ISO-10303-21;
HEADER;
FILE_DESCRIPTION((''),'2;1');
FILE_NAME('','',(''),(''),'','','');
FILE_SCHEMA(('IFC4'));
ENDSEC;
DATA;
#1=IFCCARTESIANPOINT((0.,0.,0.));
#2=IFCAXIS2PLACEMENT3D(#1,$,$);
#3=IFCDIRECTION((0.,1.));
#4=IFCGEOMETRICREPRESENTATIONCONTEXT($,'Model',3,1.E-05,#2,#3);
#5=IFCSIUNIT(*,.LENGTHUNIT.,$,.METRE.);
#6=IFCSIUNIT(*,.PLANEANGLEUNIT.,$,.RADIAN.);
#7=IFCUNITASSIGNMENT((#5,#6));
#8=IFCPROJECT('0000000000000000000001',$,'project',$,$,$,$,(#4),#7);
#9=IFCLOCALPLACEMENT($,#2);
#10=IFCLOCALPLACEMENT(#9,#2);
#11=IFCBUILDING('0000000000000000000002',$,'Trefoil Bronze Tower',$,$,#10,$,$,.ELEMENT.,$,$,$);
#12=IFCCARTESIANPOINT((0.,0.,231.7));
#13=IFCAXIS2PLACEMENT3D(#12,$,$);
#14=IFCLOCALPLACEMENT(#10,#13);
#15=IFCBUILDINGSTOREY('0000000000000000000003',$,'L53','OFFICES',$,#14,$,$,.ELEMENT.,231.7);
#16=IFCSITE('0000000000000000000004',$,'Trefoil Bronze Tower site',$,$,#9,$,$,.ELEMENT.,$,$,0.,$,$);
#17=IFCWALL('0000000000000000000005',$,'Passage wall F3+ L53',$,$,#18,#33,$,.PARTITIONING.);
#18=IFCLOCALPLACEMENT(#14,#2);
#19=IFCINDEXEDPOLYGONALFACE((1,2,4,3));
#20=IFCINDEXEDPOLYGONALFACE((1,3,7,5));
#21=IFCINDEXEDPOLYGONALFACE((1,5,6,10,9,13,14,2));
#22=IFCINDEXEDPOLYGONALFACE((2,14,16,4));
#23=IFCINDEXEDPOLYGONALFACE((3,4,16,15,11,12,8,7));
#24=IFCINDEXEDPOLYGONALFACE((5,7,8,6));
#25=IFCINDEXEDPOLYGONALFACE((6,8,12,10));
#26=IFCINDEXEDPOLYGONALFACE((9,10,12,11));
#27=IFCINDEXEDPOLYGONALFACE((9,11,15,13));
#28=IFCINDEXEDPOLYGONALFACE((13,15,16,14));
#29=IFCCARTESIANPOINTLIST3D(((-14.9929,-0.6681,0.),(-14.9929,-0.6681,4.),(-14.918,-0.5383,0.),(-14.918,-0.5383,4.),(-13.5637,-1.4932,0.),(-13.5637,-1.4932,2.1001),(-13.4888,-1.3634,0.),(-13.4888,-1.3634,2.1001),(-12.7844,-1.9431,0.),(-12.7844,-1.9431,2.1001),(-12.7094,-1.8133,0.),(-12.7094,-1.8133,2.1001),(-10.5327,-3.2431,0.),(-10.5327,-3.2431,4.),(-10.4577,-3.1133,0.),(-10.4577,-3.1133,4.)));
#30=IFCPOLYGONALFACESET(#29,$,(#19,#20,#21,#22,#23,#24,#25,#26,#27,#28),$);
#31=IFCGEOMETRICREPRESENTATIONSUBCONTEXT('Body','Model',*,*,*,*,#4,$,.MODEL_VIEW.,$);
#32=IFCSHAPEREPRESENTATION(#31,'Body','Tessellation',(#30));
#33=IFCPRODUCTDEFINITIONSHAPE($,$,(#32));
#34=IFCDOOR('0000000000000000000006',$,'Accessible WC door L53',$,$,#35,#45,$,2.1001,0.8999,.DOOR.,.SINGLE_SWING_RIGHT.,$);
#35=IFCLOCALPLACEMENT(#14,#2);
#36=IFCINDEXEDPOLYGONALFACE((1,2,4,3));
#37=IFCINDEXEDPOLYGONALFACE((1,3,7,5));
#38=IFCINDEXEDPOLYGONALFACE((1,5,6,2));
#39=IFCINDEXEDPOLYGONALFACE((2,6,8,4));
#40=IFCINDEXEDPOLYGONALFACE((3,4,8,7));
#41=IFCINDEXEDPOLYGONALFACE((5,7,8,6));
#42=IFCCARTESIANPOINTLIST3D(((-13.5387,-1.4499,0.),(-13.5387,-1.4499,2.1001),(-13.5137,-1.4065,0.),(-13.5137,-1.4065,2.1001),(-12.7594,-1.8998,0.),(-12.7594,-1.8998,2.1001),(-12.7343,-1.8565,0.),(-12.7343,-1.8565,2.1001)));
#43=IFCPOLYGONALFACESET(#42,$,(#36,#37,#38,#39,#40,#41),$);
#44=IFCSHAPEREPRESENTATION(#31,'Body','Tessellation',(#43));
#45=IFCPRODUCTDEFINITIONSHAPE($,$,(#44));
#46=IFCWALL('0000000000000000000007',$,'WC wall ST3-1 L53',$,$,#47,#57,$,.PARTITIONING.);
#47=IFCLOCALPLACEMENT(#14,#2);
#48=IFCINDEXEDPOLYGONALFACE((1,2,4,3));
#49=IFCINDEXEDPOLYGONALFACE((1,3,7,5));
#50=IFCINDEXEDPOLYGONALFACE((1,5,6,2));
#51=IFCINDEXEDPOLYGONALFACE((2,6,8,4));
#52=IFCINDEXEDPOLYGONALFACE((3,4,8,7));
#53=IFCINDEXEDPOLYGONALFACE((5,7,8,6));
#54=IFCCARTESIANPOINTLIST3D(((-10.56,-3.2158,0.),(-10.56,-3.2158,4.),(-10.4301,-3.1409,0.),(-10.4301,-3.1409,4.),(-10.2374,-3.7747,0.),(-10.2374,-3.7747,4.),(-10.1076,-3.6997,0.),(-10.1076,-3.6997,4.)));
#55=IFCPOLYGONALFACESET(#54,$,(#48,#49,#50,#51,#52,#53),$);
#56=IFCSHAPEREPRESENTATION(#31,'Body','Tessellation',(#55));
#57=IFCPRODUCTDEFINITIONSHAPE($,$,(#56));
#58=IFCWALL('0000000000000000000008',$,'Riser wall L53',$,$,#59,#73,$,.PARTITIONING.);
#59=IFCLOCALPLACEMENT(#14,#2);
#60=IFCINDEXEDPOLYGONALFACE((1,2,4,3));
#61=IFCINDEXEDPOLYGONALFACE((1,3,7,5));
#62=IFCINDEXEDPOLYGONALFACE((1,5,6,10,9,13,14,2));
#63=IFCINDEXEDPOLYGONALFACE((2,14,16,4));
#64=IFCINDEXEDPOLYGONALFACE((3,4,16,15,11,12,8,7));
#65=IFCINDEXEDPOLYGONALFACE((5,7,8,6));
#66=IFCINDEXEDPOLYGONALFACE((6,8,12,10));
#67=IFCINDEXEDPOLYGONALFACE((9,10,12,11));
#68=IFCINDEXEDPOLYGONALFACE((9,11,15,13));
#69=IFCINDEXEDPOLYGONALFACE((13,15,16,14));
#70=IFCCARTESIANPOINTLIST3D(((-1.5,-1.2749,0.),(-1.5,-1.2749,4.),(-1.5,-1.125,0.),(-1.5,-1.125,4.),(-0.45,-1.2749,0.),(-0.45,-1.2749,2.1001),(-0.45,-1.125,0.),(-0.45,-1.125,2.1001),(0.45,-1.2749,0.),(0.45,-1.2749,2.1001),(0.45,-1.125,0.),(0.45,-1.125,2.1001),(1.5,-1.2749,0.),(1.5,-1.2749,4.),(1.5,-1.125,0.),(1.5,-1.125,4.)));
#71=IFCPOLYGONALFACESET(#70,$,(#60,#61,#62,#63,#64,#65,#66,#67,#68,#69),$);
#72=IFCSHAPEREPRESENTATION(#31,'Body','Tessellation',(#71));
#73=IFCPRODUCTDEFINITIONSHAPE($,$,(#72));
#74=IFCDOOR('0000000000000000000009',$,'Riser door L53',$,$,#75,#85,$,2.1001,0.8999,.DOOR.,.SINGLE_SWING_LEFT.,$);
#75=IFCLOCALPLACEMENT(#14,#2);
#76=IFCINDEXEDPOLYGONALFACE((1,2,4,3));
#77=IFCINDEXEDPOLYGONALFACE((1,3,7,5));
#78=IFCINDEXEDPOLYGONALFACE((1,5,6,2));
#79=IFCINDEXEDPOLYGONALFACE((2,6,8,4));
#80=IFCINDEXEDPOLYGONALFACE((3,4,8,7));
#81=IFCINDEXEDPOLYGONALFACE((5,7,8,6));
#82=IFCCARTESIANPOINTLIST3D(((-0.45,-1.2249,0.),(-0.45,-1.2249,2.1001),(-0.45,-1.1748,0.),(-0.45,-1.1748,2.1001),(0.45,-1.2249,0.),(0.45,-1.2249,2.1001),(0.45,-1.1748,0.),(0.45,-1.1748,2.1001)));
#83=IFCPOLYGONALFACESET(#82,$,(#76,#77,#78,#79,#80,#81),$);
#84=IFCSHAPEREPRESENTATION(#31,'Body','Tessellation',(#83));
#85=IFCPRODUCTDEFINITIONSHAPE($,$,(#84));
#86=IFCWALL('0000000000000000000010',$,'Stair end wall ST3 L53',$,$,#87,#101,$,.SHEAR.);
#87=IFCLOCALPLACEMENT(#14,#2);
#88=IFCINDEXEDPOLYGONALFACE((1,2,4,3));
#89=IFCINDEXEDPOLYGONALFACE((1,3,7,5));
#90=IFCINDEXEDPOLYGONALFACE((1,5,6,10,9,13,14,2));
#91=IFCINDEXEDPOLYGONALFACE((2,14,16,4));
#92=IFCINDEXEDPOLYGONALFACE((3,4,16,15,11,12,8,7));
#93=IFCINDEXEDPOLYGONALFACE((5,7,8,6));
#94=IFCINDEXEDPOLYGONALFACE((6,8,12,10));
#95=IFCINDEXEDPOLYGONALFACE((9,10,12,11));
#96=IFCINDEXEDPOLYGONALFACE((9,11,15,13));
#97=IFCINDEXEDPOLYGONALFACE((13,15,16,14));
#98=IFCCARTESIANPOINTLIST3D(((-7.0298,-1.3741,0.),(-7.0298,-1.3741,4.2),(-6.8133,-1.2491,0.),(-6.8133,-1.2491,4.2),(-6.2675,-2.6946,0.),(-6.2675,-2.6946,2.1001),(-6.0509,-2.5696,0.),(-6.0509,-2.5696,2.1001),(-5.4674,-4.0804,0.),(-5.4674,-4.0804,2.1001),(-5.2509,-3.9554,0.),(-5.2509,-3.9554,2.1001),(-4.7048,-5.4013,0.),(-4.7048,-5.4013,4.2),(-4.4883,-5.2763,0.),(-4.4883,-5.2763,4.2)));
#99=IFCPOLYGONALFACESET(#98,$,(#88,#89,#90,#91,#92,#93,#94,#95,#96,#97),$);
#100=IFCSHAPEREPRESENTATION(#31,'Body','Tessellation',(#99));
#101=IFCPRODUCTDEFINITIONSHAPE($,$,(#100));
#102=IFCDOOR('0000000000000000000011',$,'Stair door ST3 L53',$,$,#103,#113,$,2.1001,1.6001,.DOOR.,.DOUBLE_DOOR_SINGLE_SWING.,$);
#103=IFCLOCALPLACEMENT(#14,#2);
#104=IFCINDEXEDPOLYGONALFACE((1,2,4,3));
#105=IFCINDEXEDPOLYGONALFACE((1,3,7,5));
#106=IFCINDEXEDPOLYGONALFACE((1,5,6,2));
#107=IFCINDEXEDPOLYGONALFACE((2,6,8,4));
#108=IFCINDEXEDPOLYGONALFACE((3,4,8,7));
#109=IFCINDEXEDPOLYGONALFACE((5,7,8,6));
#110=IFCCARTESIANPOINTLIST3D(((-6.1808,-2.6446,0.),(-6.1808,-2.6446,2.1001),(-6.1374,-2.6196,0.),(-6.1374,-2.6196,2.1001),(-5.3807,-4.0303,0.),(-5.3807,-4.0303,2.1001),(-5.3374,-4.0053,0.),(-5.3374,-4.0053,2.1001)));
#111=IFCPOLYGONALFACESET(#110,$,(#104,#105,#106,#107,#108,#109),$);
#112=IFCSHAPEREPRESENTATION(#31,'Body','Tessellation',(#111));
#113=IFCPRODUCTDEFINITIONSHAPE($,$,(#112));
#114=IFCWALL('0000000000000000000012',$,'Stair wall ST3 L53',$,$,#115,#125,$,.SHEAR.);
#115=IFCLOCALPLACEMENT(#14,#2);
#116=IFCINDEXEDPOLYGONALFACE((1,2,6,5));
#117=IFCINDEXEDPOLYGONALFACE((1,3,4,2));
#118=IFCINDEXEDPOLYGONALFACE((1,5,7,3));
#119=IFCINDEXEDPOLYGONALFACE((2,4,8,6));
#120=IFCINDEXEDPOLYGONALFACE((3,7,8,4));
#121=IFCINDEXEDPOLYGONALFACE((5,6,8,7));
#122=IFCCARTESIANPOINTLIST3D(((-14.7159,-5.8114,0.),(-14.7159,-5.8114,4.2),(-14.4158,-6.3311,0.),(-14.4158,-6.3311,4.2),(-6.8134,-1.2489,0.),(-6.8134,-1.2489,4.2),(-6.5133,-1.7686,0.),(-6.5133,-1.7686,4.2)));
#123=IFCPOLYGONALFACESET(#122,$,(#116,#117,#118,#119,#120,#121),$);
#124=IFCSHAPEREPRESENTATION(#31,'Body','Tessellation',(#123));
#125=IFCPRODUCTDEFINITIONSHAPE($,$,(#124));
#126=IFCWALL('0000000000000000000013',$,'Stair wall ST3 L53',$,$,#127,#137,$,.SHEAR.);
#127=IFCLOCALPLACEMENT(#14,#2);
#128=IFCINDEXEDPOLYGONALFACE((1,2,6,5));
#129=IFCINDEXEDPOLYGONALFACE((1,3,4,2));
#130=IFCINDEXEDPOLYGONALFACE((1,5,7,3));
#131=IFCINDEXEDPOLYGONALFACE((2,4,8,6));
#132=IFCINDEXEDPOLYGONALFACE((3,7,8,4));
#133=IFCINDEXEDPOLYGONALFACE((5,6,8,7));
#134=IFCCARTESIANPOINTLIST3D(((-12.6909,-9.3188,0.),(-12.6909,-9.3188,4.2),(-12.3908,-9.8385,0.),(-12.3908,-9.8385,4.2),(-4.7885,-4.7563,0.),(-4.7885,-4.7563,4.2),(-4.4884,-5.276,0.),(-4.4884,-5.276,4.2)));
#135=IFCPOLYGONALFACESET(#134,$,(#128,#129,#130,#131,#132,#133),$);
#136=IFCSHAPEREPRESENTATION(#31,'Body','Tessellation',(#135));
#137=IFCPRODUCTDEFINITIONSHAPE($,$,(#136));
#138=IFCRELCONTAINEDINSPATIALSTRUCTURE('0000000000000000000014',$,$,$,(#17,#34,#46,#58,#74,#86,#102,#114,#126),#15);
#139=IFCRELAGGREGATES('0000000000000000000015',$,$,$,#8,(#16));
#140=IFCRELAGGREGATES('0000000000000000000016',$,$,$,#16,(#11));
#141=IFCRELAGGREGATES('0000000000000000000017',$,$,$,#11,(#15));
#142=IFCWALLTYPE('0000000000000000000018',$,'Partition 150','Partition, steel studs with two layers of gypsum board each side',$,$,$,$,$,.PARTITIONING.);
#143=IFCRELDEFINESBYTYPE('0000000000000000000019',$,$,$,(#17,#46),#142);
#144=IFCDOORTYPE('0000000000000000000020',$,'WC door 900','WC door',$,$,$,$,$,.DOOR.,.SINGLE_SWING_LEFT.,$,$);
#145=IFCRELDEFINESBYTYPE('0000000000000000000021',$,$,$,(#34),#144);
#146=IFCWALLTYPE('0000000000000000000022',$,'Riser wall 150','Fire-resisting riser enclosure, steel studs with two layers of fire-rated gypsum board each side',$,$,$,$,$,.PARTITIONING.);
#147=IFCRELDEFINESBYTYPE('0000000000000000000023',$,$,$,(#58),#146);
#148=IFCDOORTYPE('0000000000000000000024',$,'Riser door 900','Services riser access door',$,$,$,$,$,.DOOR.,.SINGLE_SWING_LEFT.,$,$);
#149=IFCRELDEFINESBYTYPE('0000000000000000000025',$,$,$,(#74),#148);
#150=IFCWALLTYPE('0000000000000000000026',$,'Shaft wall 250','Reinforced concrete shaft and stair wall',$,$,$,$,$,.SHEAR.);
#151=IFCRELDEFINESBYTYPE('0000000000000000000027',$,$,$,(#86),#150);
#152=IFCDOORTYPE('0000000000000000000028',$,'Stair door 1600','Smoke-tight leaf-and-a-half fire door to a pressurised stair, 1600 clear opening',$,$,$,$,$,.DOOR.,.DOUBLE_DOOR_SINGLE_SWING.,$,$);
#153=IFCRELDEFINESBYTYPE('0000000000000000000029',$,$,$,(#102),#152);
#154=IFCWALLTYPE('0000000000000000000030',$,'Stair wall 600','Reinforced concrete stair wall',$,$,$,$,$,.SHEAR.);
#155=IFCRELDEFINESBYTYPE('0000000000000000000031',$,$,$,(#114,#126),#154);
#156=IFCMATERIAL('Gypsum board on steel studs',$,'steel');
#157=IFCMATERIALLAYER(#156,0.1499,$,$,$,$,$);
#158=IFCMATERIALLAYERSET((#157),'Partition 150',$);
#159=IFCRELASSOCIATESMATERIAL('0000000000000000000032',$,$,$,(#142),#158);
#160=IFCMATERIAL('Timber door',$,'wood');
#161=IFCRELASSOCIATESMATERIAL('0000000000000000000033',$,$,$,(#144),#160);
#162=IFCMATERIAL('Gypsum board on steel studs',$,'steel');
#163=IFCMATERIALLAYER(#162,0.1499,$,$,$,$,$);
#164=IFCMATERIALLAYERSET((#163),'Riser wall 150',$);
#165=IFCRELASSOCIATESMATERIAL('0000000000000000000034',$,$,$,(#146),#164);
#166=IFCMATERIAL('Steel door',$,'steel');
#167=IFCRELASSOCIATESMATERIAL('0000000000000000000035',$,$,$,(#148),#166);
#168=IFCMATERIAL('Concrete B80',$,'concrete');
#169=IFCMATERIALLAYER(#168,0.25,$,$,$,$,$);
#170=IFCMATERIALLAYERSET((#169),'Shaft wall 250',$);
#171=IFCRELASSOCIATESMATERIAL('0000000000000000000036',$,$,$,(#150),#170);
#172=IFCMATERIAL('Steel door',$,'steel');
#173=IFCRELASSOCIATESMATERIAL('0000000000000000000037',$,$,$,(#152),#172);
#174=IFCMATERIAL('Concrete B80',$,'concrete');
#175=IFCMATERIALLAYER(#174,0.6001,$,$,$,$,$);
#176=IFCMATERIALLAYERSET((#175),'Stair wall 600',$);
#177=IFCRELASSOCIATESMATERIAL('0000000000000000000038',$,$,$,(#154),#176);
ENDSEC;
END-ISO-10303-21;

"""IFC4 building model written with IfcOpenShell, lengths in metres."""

from ifc_helpers import new_model, si_unit, direction, frame, frame_2d, origin, place, context, subcontext, project, spatial, rectangle, extrude, material, layer, layer_set, type_object, element, fill, save


model = new_model("IFC4")

# Units and contexts
model_context = context("Model", 3, precision=1e-05, world=origin(), true_north=direction((0.0, 1.0)))
body_context = subcontext(model_context, "Body", "Model", "MODEL_VIEW")
ifc_project = project(units=[si_unit("LENGTHUNIT", "METRE"), si_unit("PLANEANGLEUNIT", "RADIAN")], contexts=[model_context])

# Site, building, storey
site_placement = place(None, origin())
site = spatial("IfcSite", under=ifc_project, at=site_placement, Name="Trefoil Bronze Tower site", CompositionType="ELEMENT", RefElevation=0.0)
building_placement = place(site_placement, origin())
building = spatial("IfcBuilding", under=site, at=building_placement, Name="Trefoil Bronze Tower", CompositionType="ELEMENT")
storey_placement = place(building_placement, frame((0.0, 0.0, 231.7)))
storey = spatial("IfcBuildingStorey", under=building, at=storey_placement, Name="L53", Description="OFFICES", CompositionType="ELEMENT", Elevation=231.7)

# Wall, opening, door
ifc_material_1 = material(Name="Gypsum board on steel studs", Category="steel")
ifc_layer_1 = layer(ifc_material_1, 0.1499)
ifc_layer_set_1 = layer_set([ifc_layer_1], Name="Partition 150")
wall_type_1 = type_object("IfcWallType", Name="Partition 150", Description="Partition, steel studs with two layers of gypsum board each side", PredefinedType="PARTITIONING", material=ifc_layer_set_1)
wall_1_placement = place(storey_placement, frame((-10.4951, -3.1782, 0.0), z_axis=(0.0, 0.0, 1.0), x_axis=(-0.866038, 0.499978, 0.0)))
wall_1 = element("IfcWall", 1, at=wall_1_placement, inside=storey, type_object=wall_type_1, Name="Passage wall F3+ L53", PredefinedType="PARTITIONING", context=body_context, shape_type="SweptSolid", body=[
    extrude(rectangle(XDim=5.1501, YDim=0.1499, at=frame_2d((2.5752, 0.0))), origin(), (0.0, 0.0, 1.0), 4.0),
])
opening_1_placement = place(wall_1_placement, frame((2.6001, 0.0, 0.0)))
opening_1 = element("IfcOpeningElement", 2, at=opening_1_placement, cuts=wall_1, PredefinedType="OPENING", context=body_context, shape_type="SweptSolid", body=[
    extrude(rectangle(XDim=0.8999, YDim=2.1001, at=frame_2d((0.45, 1.05))), frame((0.0, 0.085, 0.0), z_axis=(0.0, -1.0, 0.0), x_axis=(1.0, 0.0, 0.0)), (0.0, 0.0, 1.0), 0.1699),
])
ifc_material_2 = material(Name="Timber door", Category="wood")
door_type_1 = type_object("IfcDoorType", Name="WC door 900", Description="WC door", OperationType="SINGLE_SWING_LEFT", PredefinedType="DOOR", material=ifc_material_2)
door_1_placement = place(opening_1_placement, origin())
door_1 = element("IfcDoor", 3, at=door_1_placement, inside=storey, type_object=door_type_1, Name="Accessible WC door L53", OperationType="SINGLE_SWING_RIGHT", OverallHeight=2.1001, OverallWidth=0.8999, PredefinedType="DOOR", context=body_context, shape_type="SweptSolid", body=[
    extrude(rectangle(XDim=0.8999, YDim=2.1001, at=frame_2d((0.45, 1.05))), frame((0.0, 0.0249, 0.0), z_axis=(0.0, -1.0, 0.0), x_axis=(1.0, 0.0, 0.0)), (0.0, 0.0, 1.0), 0.05),
])
fill(opening_1, door_1)

# Wall
wall_2_placement = place(storey_placement, frame((-10.4951, -3.1782, 0.0), z_axis=(0.0, 0.0, 1.0), x_axis=(0.499843, -0.866116, 0.0)))
element("IfcWall", 4, at=wall_2_placement, inside=storey, type_object=wall_type_1, Name="WC wall ST3-1 L53", PredefinedType="PARTITIONING", context=body_context, shape_type="SweptSolid", body=[
    extrude(rectangle(XDim=0.6453, YDim=0.1499, at=frame_2d((0.3228, 0.0))), origin(), (0.0, 0.0, 1.0), 4.0),
])

# Walls, openings, doors
ifc_material_3 = material(Name="Gypsum board on steel studs", Category="steel")
ifc_layer_2 = layer(ifc_material_3, 0.1499)
ifc_layer_set_2 = layer_set([ifc_layer_2], Name="Riser wall 150")
wall_type_2 = type_object("IfcWallType", Name="Riser wall 150", Description="Fire-resisting riser enclosure, steel studs with two layers of fire-rated gypsum board each side", PredefinedType="PARTITIONING", material=ifc_layer_set_2)
wall_3_placement = place(storey_placement, frame((-1.5, -1.2, 0.0), z_axis=(0.0, 0.0, 1.0), x_axis=(1.0, 0.0, 0.0)))
wall_3 = element("IfcWall", 5, at=wall_3_placement, inside=storey, type_object=wall_type_2, Name="Riser wall L53", PredefinedType="PARTITIONING", context=body_context, shape_type="SweptSolid", body=[
    extrude(rectangle(XDim=3.0, YDim=0.1499, at=frame_2d((1.5, 0.0))), origin(), (0.0, 0.0, 1.0), 4.0),
])
opening_2_placement = place(wall_3_placement, frame((1.05, 0.0, 0.0)))
opening_2 = element("IfcOpeningElement", 6, at=opening_2_placement, cuts=wall_3, PredefinedType="OPENING", context=body_context, shape_type="SweptSolid", body=[
    extrude(rectangle(XDim=0.8999, YDim=2.1001, at=frame_2d((0.45, 1.05))), frame((0.0, 0.085, 0.0), z_axis=(0.0, -1.0, 0.0), x_axis=(1.0, 0.0, 0.0)), (0.0, 0.0, 1.0), 0.1699),
])
ifc_material_4 = material(Name="Steel door", Category="steel")
door_type_2 = type_object("IfcDoorType", Name="Riser door 900", Description="Services riser access door", OperationType="SINGLE_SWING_LEFT", PredefinedType="DOOR", material=ifc_material_4)
door_2_placement = place(opening_2_placement, frame((0.8999, 0.0, 0.0), z_axis=(0.0, 0.0, 1.0), x_axis=(-1.0, 0.0, 0.0)))
door_2 = element("IfcDoor", 7, at=door_2_placement, inside=storey, type_object=door_type_2, Name="Riser door L53", OperationType="SINGLE_SWING_LEFT", OverallHeight=2.1001, OverallWidth=0.8999, PredefinedType="DOOR", context=body_context, shape_type="SweptSolid", body=[
    extrude(rectangle(XDim=0.8999, YDim=2.1001, at=frame_2d((0.45, 1.05))), frame((0.0, 0.0249, 0.0), z_axis=(0.0, -1.0, 0.0), x_axis=(1.0, 0.0, 0.0)), (0.0, 0.0, 1.0), 0.05),
])
fill(opening_2, door_2)
ifc_material_5 = material(Name="Concrete B80", Category="concrete")
ifc_layer_3 = layer(ifc_material_5, 0.25)
ifc_layer_set_3 = layer_set([ifc_layer_3], Name="Shaft wall 250")
wall_type_3 = type_object("IfcWallType", Name="Shaft wall 250", Description="Reinforced concrete shaft and stair wall", PredefinedType="SHEAR", material=ifc_layer_set_3)
wall_4_placement = place(storey_placement, frame((-6.9216, -1.3115, 0.0), z_axis=(0.0, 0.0, 1.0), x_axis=(0.499985, -0.866034, 0.0)))
wall_4 = element("IfcWall", 8, at=wall_4_placement, inside=storey, type_object=wall_type_3, Name="Stair end wall ST3 L53", PredefinedType="SHEAR", context=body_context, shape_type="SweptSolid", body=[
    extrude(rectangle(XDim=4.6501, YDim=0.25, at=frame_2d((2.3252, 0.0))), origin(), (0.0, 0.0, 1.0), 4.2),
])
opening_3_placement = place(wall_4_placement, frame((1.5249, 0.0, 0.0)))
opening_3 = element("IfcOpeningElement", 9, at=opening_3_placement, cuts=wall_4, PredefinedType="OPENING", context=body_context, shape_type="SweptSolid", body=[
    extrude(rectangle(XDim=1.6001, YDim=2.1001, at=frame_2d((0.8, 1.05))), frame((0.0, 0.135, 0.0), z_axis=(0.0, -1.0, 0.0), x_axis=(1.0, 0.0, 0.0)), (0.0, 0.0, 1.0), 0.27),
])
ifc_material_6 = material(Name="Steel door", Category="steel")
door_type_3 = type_object("IfcDoorType", Name="Stair door 1600", Description="Smoke-tight leaf-and-a-half fire door to a pressurised stair, 1600 clear opening", OperationType="DOUBLE_DOOR_SINGLE_SWING", PredefinedType="DOOR", material=ifc_material_6)
door_3_placement = place(opening_3_placement, frame((1.6001, 0.0, 0.0), z_axis=(0.0, 0.0, 1.0), x_axis=(-1.0, 0.0, 0.0)))
door_3 = element("IfcDoor", 10, at=door_3_placement, inside=storey, type_object=door_type_3, Name="Stair door ST3 L53", OperationType="DOUBLE_DOOR_SINGLE_SWING", OverallHeight=2.1001, OverallWidth=1.6001, PredefinedType="DOOR", context=body_context, shape_type="SweptSolid", body=[
    extrude(rectangle(XDim=1.6001, YDim=2.1001, at=frame_2d((0.8, 1.05))), frame((0.0, 0.0249, 0.0), z_axis=(0.0, -1.0, 0.0), x_axis=(1.0, 0.0, 0.0)), (0.0, 0.0, 1.0), 0.05),
])
fill(opening_3, door_3)

# Walls
ifc_material_7 = material(Name="Concrete B80", Category="concrete")
ifc_layer_4 = layer(ifc_material_7, 0.6001)
ifc_layer_set_4 = layer_set([ifc_layer_4], Name="Stair wall 600")
wall_type_4 = type_object("IfcWallType", Name="Stair wall 600", Description="Reinforced concrete stair wall", PredefinedType="SHEAR", material=ifc_layer_set_4)
for number, where, z_axis, x_axis, name in (
    (11, (-6.6633, -1.5088, 0.0), (0.0, 0.0, 1.0), (-0.866028, -0.499995, 0.0), "Stair wall ST3 L53"),
    (12, (-4.6384, -5.0161, 0.0), (0.0, 0.0, 1.0), (-0.866022, -0.500007, 0.0), "Stair wall ST3 L53"),
):
    element("IfcWall", number, at=place(storey_placement, frame(where, z_axis=z_axis, x_axis=x_axis)), inside=storey, type_object=wall_type_4, Name=name, PredefinedType="SHEAR", context=body_context, shape_type="SweptSolid", body=[
        extrude(rectangle(XDim=9.125, YDim=0.6001, at=frame_2d((4.5625, 0.0))), origin(), (0.0, 0.0, 1.0), 4.2),
    ])

save(model, "model.ifc")
